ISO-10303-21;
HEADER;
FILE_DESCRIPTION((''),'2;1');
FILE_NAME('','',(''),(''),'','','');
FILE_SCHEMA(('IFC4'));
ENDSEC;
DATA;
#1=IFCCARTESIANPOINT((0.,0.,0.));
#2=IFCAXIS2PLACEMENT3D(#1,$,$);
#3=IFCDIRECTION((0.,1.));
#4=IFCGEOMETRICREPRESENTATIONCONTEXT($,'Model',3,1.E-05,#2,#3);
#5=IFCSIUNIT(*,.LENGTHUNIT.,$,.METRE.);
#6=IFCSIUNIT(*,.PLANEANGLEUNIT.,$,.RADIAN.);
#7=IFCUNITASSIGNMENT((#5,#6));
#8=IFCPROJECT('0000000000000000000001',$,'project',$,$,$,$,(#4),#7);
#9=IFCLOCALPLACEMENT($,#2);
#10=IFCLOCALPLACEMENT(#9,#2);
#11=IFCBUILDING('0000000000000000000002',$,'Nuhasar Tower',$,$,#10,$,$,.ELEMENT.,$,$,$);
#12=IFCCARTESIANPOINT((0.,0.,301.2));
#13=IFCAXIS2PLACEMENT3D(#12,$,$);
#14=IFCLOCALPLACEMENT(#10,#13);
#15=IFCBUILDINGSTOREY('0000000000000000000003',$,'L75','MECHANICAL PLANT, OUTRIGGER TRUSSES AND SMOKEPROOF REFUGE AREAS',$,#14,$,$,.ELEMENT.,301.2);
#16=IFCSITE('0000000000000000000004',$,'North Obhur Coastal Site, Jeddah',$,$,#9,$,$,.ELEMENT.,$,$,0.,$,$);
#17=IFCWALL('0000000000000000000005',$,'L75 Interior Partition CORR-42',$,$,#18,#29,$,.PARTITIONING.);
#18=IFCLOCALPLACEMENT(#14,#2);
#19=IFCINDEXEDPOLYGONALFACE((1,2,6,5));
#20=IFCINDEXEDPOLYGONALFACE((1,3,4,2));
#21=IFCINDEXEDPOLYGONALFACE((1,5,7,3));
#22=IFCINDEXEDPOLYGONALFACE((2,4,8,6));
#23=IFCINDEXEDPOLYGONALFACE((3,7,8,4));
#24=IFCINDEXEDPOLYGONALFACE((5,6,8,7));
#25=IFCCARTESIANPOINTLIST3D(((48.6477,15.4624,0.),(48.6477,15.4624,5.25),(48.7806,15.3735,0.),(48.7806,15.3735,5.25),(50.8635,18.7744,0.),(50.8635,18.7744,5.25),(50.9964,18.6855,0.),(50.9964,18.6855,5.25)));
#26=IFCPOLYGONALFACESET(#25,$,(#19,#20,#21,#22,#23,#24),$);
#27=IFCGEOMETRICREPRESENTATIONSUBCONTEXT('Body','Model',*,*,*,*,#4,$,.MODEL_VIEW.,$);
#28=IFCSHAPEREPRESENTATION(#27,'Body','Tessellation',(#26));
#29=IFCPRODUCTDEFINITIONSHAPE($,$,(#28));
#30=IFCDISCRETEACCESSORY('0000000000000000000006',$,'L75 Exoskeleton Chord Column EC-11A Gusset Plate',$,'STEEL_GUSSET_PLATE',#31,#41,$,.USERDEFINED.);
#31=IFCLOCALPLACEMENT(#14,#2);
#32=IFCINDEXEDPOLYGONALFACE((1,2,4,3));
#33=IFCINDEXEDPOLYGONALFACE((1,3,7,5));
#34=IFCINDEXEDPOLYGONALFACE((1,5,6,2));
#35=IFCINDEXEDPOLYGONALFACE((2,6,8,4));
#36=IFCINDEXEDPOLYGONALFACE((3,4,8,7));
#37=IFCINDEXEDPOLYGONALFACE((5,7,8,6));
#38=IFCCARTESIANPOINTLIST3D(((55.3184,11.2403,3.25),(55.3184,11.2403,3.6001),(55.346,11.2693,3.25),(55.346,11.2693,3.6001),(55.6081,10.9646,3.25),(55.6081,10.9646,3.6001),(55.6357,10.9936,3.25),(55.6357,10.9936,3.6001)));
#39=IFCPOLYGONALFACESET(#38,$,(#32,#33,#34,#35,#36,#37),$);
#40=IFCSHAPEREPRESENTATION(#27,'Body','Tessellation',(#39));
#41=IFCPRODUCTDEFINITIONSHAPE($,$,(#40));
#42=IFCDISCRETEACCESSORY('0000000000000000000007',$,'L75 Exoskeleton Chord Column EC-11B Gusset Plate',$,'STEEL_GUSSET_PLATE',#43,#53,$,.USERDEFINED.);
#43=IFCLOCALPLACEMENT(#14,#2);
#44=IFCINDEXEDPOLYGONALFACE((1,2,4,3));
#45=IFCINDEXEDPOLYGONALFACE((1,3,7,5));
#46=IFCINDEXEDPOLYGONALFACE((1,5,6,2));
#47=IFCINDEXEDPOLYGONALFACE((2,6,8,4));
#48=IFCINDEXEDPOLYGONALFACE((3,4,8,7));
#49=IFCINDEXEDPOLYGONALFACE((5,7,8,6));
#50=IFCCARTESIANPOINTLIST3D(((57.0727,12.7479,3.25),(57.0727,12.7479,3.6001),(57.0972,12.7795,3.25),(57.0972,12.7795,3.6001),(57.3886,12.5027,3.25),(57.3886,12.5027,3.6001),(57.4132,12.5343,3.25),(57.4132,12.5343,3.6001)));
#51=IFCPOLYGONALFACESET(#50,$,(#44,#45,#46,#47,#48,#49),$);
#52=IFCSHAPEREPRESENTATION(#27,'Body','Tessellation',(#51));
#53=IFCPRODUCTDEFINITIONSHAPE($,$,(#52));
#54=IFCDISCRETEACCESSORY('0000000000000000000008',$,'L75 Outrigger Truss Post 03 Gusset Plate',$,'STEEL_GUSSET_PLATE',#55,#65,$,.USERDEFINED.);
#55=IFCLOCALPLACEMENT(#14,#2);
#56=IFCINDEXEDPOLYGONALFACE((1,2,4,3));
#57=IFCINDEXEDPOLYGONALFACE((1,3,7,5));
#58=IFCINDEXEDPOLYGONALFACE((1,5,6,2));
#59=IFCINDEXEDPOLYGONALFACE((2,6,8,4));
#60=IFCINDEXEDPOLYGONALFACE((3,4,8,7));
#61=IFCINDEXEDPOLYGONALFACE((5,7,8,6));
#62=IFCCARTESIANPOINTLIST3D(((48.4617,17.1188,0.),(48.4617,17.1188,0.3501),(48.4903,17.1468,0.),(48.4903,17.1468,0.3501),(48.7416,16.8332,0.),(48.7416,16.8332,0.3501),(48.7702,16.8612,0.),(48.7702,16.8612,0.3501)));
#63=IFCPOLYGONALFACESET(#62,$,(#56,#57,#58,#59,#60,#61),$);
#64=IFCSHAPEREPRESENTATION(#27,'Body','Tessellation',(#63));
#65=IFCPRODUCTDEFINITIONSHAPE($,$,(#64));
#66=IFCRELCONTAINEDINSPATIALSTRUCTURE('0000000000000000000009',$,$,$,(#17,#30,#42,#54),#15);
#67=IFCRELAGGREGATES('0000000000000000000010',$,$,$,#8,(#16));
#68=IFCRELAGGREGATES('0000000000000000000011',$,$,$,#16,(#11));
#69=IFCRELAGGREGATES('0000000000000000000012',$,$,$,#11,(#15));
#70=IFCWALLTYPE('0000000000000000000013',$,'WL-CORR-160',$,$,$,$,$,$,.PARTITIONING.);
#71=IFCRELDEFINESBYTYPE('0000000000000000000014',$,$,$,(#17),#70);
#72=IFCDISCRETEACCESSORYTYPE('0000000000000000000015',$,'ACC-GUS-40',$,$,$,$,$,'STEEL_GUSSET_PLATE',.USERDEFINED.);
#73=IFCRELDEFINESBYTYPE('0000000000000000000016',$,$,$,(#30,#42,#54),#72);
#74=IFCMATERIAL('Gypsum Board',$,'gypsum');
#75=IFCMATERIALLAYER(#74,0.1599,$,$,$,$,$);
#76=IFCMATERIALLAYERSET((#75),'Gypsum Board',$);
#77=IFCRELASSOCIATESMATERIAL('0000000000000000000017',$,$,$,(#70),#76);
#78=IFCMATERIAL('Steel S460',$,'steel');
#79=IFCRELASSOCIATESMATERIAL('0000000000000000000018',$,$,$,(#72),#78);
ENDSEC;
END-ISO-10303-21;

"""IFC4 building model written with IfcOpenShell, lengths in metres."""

from ifc_helpers import new_model, si_unit, direction, frame, frame_2d, origin, origin_2d, place, context, subcontext, project, spatial, rectangle, extrude, material, layer, layer_set, type_object, element, save


model = new_model("IFC4")

# Units and contexts
model_context = context("Model", 3, precision=1e-05, world=origin(), true_north=direction((0.0, 1.0)))
body_context = subcontext(model_context, "Body", "Model", "MODEL_VIEW")
ifc_project = project(units=[si_unit("LENGTHUNIT", "METRE"), si_unit("PLANEANGLEUNIT", "RADIAN")], contexts=[model_context])

# Site, building, storey
site_placement = place(None, origin())
site = spatial("IfcSite", under=ifc_project, at=site_placement, Name="North Obhur Coastal Site, Jeddah", CompositionType="ELEMENT", RefElevation=0.0)
building_placement = place(site_placement, origin())
building = spatial("IfcBuilding", under=site, at=building_placement, Name="Nuhasar Tower", CompositionType="ELEMENT")
storey_placement = place(building_placement, frame((0.0, 0.0, 301.2)))
storey = spatial("IfcBuildingStorey", under=building, at=storey_placement, Name="L75", Description="MECHANICAL PLANT, OUTRIGGER TRUSSES AND SMOKEPROOF REFUGE AREAS", CompositionType="ELEMENT", Elevation=301.2)

# Shared definitions
ifc_material_1 = material(Name="Steel S460", Category="steel")

# Wall
ifc_material_2 = material(Name="Gypsum Board", Category="gypsum")
ifc_layer_1 = layer(ifc_material_2, 0.1599)
ifc_layer_set_1 = layer_set([ifc_layer_1], Name="Gypsum Board")
wall_type = type_object("IfcWallType", Name="WL-CORR-160", PredefinedType="PARTITIONING", material=ifc_layer_set_1)
wall_placement = place(storey_placement, frame((48.7141, 15.418, 0.0), z_axis=(0.0, 0.0, 1.0), x_axis=(0.556057, 0.831144, 0.0)))
element("IfcWall", 1, at=wall_placement, inside=storey, type_object=wall_type, Name="L75 Interior Partition CORR-42", PredefinedType="PARTITIONING", context=body_context, shape_type="SweptSolid", body=[
    extrude(rectangle(XDim=3.9849, YDim=0.1599, at=frame_2d((1.9924, 0.0))), origin(), (0.0, 0.0, 1.0), 5.25),
])

# Discrete accessories
discrete_accessory_type = type_object("IfcDiscreteAccessoryType", Name="ACC-GUS-40", ElementType="STEEL_GUSSET_PLATE", PredefinedType="USERDEFINED", material=ifc_material_1)
for number, where, z_axis, x_axis, name in (
    (2, (55.4771, 11.1169, 3.25), (0.0, 0.0, 1.0), (0.724352, -0.68943, 0.0), "L75 Exoskeleton Chord Column EC-11A Gusset Plate"),
    (3, (57.2429, 12.6411, 3.25), (0.0, 0.0, 1.0), (0.789984, -0.613128, 0.0), "L75 Exoskeleton Chord Column EC-11B Gusset Plate"),
    (4, (48.616, 16.99, 0.0), (0.0, 0.0, 1.0), (0.7, -0.714143, 0.0), "L75 Outrigger Truss Post 03 Gusset Plate"),
):
    element("IfcDiscreteAccessory", number, at=place(storey_placement, frame(where, z_axis=z_axis, x_axis=x_axis)), inside=storey, type_object=discrete_accessory_type, Name=name, ObjectType="STEEL_GUSSET_PLATE", PredefinedType="USERDEFINED", context=body_context, shape_type="SweptSolid", body=[
        extrude(rectangle(XDim=0.3999, YDim=0.04, at=origin_2d()), origin(), (0.0, 0.0, 1.0), 0.3501),
    ])

save(model, "model.ifc")
